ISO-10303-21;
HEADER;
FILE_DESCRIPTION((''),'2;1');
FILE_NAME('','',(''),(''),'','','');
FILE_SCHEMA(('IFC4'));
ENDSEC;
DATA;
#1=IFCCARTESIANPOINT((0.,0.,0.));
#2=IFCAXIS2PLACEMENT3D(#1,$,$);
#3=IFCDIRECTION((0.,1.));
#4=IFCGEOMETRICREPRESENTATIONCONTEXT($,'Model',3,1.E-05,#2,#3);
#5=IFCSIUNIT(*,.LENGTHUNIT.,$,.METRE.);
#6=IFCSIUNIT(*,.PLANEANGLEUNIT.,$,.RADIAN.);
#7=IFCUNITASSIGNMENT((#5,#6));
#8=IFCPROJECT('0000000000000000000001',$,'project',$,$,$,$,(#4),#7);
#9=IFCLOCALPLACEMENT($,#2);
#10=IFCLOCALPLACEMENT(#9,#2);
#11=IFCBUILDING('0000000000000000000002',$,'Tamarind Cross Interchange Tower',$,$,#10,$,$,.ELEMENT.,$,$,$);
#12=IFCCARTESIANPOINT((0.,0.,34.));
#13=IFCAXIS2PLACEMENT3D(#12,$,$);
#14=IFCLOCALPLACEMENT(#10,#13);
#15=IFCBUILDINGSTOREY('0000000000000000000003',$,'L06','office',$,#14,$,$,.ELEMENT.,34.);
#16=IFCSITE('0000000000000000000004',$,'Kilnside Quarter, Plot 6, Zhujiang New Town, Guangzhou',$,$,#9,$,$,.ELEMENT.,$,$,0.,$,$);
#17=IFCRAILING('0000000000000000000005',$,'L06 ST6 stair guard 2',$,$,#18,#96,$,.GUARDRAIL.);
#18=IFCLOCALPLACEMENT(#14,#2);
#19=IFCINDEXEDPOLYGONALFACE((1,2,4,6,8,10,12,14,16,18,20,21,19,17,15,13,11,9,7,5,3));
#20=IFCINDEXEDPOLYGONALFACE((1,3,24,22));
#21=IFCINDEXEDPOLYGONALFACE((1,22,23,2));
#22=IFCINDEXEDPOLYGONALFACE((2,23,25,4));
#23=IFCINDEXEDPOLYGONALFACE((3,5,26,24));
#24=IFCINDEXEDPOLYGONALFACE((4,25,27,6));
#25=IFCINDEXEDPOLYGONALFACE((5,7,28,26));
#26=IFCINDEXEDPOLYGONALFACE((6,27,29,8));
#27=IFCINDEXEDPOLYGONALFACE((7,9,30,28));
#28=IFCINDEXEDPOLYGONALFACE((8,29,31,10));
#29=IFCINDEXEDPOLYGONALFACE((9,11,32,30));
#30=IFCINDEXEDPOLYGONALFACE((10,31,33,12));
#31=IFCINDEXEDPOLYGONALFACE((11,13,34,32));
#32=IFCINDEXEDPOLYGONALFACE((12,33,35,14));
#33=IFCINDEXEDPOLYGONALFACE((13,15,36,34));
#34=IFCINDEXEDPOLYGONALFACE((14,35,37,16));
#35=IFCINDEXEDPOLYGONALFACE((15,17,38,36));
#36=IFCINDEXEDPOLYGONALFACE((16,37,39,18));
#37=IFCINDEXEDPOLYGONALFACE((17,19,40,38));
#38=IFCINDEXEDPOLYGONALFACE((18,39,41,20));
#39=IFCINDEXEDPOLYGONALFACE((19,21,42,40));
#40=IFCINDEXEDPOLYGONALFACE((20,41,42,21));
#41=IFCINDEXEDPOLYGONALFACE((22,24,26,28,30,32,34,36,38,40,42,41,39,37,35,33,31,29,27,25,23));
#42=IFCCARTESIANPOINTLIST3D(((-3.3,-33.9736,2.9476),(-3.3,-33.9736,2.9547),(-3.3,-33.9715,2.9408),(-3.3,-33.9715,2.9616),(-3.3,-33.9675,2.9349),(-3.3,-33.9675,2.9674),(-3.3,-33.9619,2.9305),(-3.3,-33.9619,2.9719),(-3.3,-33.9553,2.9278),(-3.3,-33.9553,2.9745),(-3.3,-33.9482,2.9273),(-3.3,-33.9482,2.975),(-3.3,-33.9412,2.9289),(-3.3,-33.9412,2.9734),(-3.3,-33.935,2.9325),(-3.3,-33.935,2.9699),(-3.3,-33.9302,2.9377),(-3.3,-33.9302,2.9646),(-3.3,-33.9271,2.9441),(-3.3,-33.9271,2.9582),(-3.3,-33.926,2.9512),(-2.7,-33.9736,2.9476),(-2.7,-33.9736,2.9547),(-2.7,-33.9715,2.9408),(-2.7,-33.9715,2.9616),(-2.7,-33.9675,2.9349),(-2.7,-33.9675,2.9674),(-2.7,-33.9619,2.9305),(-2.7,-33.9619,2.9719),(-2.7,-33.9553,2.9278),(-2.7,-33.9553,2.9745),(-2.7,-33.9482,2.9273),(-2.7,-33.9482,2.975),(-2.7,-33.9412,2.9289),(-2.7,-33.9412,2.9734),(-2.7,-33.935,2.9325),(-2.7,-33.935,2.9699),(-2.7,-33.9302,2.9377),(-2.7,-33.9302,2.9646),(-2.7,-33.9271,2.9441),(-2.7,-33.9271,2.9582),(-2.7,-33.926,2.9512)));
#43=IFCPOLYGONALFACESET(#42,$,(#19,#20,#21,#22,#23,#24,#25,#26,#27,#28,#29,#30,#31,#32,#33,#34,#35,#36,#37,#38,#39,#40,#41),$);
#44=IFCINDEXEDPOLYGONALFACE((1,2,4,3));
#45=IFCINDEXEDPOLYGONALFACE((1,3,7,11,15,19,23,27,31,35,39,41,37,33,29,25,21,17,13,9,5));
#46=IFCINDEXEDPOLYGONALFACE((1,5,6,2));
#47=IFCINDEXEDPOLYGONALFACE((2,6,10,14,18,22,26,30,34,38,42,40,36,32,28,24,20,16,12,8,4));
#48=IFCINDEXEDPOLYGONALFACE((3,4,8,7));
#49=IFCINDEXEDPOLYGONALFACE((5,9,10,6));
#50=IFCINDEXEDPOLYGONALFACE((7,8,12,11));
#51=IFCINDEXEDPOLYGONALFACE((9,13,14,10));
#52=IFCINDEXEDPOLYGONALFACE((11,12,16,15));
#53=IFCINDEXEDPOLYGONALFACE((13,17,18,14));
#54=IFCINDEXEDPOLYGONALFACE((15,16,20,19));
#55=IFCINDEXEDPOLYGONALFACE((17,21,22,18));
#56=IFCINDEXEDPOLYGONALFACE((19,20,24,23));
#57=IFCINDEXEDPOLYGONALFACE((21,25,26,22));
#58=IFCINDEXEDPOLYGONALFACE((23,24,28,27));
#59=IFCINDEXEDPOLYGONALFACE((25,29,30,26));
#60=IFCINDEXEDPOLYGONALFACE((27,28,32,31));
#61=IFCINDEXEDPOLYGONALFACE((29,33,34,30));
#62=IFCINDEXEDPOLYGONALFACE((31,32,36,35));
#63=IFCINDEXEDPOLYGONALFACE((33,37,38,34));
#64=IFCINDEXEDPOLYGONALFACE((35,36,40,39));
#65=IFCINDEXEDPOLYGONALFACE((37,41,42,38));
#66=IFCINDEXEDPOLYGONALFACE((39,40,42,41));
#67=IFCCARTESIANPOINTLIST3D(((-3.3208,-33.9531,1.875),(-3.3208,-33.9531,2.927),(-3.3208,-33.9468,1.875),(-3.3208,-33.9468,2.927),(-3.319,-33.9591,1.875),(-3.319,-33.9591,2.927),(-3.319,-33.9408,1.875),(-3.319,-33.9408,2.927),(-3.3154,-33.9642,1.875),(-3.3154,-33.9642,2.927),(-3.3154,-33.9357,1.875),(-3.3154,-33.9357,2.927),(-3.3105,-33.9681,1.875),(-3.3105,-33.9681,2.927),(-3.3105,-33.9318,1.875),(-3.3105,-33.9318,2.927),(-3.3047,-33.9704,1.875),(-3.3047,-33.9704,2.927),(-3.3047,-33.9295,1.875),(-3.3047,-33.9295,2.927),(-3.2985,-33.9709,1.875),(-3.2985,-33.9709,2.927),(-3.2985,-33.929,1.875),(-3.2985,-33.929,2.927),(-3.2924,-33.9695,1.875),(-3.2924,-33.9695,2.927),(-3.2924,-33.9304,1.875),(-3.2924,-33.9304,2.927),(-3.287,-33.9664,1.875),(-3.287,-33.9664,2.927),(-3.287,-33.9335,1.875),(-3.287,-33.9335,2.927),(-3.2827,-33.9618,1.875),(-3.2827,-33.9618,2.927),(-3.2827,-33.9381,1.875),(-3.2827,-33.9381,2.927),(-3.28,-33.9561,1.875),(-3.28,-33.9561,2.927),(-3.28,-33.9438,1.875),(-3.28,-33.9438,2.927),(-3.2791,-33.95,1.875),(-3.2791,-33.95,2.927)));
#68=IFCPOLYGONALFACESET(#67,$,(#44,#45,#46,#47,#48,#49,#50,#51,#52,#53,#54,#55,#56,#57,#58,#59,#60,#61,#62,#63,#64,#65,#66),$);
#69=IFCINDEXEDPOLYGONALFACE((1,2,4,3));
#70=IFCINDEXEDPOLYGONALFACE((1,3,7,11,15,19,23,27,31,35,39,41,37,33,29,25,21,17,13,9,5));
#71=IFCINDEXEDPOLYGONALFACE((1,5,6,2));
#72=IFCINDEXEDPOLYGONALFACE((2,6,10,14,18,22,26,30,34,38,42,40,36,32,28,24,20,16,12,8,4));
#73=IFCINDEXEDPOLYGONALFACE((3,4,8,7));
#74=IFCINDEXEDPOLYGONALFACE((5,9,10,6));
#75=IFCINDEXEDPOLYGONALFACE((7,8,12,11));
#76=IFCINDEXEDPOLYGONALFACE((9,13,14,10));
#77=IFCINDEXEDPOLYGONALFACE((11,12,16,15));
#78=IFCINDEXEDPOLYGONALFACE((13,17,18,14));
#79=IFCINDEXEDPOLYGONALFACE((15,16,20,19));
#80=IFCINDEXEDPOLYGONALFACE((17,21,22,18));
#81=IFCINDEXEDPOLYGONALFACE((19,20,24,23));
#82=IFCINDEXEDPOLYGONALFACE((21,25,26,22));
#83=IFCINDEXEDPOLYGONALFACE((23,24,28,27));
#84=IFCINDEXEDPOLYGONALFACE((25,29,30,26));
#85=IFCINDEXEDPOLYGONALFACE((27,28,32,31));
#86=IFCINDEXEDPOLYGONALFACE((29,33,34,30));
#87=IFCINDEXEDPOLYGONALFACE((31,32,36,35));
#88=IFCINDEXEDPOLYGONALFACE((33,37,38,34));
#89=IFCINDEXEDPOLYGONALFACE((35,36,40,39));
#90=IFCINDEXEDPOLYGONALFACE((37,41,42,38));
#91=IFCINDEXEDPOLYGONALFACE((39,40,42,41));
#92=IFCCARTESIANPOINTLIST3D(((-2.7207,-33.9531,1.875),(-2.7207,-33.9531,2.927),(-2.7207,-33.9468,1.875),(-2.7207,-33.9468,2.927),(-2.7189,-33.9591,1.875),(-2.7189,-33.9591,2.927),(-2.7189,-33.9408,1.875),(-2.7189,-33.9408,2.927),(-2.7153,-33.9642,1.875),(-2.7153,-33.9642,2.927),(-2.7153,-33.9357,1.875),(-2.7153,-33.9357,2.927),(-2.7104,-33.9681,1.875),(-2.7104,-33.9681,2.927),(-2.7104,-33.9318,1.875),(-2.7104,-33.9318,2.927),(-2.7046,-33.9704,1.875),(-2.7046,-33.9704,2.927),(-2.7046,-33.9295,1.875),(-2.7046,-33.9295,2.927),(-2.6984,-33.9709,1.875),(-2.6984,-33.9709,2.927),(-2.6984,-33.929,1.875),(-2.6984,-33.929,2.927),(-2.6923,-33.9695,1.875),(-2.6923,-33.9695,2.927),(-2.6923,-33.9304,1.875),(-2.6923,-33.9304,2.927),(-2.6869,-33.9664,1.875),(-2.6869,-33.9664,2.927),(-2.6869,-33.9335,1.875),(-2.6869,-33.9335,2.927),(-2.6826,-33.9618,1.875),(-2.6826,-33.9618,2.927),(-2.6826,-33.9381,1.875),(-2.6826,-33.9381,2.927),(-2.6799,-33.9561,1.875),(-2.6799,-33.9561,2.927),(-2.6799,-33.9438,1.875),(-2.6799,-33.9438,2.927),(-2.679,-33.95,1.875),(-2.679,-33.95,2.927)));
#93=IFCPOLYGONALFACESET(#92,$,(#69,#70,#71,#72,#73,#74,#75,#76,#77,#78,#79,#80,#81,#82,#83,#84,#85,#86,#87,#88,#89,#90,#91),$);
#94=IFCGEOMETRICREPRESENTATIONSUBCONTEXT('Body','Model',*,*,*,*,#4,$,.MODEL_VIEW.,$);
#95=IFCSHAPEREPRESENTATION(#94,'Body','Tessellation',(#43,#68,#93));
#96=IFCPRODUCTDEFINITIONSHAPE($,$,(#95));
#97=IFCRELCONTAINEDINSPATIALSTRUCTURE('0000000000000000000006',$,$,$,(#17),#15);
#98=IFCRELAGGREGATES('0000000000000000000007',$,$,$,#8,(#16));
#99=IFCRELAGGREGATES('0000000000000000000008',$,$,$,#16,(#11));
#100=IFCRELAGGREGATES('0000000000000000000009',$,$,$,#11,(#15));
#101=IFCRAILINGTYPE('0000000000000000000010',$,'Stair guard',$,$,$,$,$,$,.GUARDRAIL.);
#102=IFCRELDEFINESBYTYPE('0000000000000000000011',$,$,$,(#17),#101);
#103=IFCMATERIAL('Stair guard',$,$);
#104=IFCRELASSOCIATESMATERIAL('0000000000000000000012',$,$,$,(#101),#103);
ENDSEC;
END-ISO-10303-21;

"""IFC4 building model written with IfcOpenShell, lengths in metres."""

from ifc_helpers import new_model, si_unit, direction, frame, origin, origin_2d, place, context, subcontext, project, spatial, circle, extrude, material, type_object, element, save


model = new_model("IFC4")

# Units and contexts
model_context = context("Model", 3, precision=1e-05, world=origin(), true_north=direction((0.0, 1.0)))
body_context = subcontext(model_context, "Body", "Model", "MODEL_VIEW")
ifc_project = project(units=[si_unit("LENGTHUNIT", "METRE"), si_unit("PLANEANGLEUNIT", "RADIAN")], contexts=[model_context])

# Site, building, storey
site_placement = place(None, origin())
site = spatial("IfcSite", under=ifc_project, at=site_placement, Name="Kilnside Quarter, Plot 6, Zhujiang New Town, Guangzhou", CompositionType="ELEMENT", RefElevation=0.0)
building_placement = place(site_placement, origin())
building = spatial("IfcBuilding", under=site, at=building_placement, Name="Tamarind Cross Interchange Tower", CompositionType="ELEMENT")
storey_placement = place(building_placement, frame((0.0, 0.0, 34.0)))
storey = spatial("IfcBuildingStorey", under=building, at=storey_placement, Name="L06", Description="office", CompositionType="ELEMENT", Elevation=34.0)

# Railing
ifc_material_1 = material(Name="Stair guard")
railing_type_1 = type_object("IfcRailingType", Name="Stair guard", PredefinedType="GUARDRAIL", material=ifc_material_1)
railing_1_placement = place(storey_placement, frame((-3.3, -33.95, 1.875)))
element("IfcRailing", 1, at=railing_1_placement, inside=storey, type_object=railing_type_1, Name="L06 ST6 stair guard 2", PredefinedType="GUARDRAIL", context=body_context, shape_type="SweptSolid", body=[
    extrude(circle(Radius=0.0239, at=origin_2d()), frame((0.0, 0.0, 1.0762), z_axis=(1.0, 0.0, 0.0), x_axis=(0.0, 1.0, 0.0)), (0.0, 0.0, 1.0), 0.6001),
    extrude(circle(Radius=0.021, at=origin_2d()), origin(), (0.0, 0.0, 1.0), 1.052),
    extrude(circle(Radius=0.021, at=origin_2d()), frame((0.6001, 0.0, 0.0)), (0.0, 0.0, 1.0), 1.052),
])

save(model, "model.ifc")
